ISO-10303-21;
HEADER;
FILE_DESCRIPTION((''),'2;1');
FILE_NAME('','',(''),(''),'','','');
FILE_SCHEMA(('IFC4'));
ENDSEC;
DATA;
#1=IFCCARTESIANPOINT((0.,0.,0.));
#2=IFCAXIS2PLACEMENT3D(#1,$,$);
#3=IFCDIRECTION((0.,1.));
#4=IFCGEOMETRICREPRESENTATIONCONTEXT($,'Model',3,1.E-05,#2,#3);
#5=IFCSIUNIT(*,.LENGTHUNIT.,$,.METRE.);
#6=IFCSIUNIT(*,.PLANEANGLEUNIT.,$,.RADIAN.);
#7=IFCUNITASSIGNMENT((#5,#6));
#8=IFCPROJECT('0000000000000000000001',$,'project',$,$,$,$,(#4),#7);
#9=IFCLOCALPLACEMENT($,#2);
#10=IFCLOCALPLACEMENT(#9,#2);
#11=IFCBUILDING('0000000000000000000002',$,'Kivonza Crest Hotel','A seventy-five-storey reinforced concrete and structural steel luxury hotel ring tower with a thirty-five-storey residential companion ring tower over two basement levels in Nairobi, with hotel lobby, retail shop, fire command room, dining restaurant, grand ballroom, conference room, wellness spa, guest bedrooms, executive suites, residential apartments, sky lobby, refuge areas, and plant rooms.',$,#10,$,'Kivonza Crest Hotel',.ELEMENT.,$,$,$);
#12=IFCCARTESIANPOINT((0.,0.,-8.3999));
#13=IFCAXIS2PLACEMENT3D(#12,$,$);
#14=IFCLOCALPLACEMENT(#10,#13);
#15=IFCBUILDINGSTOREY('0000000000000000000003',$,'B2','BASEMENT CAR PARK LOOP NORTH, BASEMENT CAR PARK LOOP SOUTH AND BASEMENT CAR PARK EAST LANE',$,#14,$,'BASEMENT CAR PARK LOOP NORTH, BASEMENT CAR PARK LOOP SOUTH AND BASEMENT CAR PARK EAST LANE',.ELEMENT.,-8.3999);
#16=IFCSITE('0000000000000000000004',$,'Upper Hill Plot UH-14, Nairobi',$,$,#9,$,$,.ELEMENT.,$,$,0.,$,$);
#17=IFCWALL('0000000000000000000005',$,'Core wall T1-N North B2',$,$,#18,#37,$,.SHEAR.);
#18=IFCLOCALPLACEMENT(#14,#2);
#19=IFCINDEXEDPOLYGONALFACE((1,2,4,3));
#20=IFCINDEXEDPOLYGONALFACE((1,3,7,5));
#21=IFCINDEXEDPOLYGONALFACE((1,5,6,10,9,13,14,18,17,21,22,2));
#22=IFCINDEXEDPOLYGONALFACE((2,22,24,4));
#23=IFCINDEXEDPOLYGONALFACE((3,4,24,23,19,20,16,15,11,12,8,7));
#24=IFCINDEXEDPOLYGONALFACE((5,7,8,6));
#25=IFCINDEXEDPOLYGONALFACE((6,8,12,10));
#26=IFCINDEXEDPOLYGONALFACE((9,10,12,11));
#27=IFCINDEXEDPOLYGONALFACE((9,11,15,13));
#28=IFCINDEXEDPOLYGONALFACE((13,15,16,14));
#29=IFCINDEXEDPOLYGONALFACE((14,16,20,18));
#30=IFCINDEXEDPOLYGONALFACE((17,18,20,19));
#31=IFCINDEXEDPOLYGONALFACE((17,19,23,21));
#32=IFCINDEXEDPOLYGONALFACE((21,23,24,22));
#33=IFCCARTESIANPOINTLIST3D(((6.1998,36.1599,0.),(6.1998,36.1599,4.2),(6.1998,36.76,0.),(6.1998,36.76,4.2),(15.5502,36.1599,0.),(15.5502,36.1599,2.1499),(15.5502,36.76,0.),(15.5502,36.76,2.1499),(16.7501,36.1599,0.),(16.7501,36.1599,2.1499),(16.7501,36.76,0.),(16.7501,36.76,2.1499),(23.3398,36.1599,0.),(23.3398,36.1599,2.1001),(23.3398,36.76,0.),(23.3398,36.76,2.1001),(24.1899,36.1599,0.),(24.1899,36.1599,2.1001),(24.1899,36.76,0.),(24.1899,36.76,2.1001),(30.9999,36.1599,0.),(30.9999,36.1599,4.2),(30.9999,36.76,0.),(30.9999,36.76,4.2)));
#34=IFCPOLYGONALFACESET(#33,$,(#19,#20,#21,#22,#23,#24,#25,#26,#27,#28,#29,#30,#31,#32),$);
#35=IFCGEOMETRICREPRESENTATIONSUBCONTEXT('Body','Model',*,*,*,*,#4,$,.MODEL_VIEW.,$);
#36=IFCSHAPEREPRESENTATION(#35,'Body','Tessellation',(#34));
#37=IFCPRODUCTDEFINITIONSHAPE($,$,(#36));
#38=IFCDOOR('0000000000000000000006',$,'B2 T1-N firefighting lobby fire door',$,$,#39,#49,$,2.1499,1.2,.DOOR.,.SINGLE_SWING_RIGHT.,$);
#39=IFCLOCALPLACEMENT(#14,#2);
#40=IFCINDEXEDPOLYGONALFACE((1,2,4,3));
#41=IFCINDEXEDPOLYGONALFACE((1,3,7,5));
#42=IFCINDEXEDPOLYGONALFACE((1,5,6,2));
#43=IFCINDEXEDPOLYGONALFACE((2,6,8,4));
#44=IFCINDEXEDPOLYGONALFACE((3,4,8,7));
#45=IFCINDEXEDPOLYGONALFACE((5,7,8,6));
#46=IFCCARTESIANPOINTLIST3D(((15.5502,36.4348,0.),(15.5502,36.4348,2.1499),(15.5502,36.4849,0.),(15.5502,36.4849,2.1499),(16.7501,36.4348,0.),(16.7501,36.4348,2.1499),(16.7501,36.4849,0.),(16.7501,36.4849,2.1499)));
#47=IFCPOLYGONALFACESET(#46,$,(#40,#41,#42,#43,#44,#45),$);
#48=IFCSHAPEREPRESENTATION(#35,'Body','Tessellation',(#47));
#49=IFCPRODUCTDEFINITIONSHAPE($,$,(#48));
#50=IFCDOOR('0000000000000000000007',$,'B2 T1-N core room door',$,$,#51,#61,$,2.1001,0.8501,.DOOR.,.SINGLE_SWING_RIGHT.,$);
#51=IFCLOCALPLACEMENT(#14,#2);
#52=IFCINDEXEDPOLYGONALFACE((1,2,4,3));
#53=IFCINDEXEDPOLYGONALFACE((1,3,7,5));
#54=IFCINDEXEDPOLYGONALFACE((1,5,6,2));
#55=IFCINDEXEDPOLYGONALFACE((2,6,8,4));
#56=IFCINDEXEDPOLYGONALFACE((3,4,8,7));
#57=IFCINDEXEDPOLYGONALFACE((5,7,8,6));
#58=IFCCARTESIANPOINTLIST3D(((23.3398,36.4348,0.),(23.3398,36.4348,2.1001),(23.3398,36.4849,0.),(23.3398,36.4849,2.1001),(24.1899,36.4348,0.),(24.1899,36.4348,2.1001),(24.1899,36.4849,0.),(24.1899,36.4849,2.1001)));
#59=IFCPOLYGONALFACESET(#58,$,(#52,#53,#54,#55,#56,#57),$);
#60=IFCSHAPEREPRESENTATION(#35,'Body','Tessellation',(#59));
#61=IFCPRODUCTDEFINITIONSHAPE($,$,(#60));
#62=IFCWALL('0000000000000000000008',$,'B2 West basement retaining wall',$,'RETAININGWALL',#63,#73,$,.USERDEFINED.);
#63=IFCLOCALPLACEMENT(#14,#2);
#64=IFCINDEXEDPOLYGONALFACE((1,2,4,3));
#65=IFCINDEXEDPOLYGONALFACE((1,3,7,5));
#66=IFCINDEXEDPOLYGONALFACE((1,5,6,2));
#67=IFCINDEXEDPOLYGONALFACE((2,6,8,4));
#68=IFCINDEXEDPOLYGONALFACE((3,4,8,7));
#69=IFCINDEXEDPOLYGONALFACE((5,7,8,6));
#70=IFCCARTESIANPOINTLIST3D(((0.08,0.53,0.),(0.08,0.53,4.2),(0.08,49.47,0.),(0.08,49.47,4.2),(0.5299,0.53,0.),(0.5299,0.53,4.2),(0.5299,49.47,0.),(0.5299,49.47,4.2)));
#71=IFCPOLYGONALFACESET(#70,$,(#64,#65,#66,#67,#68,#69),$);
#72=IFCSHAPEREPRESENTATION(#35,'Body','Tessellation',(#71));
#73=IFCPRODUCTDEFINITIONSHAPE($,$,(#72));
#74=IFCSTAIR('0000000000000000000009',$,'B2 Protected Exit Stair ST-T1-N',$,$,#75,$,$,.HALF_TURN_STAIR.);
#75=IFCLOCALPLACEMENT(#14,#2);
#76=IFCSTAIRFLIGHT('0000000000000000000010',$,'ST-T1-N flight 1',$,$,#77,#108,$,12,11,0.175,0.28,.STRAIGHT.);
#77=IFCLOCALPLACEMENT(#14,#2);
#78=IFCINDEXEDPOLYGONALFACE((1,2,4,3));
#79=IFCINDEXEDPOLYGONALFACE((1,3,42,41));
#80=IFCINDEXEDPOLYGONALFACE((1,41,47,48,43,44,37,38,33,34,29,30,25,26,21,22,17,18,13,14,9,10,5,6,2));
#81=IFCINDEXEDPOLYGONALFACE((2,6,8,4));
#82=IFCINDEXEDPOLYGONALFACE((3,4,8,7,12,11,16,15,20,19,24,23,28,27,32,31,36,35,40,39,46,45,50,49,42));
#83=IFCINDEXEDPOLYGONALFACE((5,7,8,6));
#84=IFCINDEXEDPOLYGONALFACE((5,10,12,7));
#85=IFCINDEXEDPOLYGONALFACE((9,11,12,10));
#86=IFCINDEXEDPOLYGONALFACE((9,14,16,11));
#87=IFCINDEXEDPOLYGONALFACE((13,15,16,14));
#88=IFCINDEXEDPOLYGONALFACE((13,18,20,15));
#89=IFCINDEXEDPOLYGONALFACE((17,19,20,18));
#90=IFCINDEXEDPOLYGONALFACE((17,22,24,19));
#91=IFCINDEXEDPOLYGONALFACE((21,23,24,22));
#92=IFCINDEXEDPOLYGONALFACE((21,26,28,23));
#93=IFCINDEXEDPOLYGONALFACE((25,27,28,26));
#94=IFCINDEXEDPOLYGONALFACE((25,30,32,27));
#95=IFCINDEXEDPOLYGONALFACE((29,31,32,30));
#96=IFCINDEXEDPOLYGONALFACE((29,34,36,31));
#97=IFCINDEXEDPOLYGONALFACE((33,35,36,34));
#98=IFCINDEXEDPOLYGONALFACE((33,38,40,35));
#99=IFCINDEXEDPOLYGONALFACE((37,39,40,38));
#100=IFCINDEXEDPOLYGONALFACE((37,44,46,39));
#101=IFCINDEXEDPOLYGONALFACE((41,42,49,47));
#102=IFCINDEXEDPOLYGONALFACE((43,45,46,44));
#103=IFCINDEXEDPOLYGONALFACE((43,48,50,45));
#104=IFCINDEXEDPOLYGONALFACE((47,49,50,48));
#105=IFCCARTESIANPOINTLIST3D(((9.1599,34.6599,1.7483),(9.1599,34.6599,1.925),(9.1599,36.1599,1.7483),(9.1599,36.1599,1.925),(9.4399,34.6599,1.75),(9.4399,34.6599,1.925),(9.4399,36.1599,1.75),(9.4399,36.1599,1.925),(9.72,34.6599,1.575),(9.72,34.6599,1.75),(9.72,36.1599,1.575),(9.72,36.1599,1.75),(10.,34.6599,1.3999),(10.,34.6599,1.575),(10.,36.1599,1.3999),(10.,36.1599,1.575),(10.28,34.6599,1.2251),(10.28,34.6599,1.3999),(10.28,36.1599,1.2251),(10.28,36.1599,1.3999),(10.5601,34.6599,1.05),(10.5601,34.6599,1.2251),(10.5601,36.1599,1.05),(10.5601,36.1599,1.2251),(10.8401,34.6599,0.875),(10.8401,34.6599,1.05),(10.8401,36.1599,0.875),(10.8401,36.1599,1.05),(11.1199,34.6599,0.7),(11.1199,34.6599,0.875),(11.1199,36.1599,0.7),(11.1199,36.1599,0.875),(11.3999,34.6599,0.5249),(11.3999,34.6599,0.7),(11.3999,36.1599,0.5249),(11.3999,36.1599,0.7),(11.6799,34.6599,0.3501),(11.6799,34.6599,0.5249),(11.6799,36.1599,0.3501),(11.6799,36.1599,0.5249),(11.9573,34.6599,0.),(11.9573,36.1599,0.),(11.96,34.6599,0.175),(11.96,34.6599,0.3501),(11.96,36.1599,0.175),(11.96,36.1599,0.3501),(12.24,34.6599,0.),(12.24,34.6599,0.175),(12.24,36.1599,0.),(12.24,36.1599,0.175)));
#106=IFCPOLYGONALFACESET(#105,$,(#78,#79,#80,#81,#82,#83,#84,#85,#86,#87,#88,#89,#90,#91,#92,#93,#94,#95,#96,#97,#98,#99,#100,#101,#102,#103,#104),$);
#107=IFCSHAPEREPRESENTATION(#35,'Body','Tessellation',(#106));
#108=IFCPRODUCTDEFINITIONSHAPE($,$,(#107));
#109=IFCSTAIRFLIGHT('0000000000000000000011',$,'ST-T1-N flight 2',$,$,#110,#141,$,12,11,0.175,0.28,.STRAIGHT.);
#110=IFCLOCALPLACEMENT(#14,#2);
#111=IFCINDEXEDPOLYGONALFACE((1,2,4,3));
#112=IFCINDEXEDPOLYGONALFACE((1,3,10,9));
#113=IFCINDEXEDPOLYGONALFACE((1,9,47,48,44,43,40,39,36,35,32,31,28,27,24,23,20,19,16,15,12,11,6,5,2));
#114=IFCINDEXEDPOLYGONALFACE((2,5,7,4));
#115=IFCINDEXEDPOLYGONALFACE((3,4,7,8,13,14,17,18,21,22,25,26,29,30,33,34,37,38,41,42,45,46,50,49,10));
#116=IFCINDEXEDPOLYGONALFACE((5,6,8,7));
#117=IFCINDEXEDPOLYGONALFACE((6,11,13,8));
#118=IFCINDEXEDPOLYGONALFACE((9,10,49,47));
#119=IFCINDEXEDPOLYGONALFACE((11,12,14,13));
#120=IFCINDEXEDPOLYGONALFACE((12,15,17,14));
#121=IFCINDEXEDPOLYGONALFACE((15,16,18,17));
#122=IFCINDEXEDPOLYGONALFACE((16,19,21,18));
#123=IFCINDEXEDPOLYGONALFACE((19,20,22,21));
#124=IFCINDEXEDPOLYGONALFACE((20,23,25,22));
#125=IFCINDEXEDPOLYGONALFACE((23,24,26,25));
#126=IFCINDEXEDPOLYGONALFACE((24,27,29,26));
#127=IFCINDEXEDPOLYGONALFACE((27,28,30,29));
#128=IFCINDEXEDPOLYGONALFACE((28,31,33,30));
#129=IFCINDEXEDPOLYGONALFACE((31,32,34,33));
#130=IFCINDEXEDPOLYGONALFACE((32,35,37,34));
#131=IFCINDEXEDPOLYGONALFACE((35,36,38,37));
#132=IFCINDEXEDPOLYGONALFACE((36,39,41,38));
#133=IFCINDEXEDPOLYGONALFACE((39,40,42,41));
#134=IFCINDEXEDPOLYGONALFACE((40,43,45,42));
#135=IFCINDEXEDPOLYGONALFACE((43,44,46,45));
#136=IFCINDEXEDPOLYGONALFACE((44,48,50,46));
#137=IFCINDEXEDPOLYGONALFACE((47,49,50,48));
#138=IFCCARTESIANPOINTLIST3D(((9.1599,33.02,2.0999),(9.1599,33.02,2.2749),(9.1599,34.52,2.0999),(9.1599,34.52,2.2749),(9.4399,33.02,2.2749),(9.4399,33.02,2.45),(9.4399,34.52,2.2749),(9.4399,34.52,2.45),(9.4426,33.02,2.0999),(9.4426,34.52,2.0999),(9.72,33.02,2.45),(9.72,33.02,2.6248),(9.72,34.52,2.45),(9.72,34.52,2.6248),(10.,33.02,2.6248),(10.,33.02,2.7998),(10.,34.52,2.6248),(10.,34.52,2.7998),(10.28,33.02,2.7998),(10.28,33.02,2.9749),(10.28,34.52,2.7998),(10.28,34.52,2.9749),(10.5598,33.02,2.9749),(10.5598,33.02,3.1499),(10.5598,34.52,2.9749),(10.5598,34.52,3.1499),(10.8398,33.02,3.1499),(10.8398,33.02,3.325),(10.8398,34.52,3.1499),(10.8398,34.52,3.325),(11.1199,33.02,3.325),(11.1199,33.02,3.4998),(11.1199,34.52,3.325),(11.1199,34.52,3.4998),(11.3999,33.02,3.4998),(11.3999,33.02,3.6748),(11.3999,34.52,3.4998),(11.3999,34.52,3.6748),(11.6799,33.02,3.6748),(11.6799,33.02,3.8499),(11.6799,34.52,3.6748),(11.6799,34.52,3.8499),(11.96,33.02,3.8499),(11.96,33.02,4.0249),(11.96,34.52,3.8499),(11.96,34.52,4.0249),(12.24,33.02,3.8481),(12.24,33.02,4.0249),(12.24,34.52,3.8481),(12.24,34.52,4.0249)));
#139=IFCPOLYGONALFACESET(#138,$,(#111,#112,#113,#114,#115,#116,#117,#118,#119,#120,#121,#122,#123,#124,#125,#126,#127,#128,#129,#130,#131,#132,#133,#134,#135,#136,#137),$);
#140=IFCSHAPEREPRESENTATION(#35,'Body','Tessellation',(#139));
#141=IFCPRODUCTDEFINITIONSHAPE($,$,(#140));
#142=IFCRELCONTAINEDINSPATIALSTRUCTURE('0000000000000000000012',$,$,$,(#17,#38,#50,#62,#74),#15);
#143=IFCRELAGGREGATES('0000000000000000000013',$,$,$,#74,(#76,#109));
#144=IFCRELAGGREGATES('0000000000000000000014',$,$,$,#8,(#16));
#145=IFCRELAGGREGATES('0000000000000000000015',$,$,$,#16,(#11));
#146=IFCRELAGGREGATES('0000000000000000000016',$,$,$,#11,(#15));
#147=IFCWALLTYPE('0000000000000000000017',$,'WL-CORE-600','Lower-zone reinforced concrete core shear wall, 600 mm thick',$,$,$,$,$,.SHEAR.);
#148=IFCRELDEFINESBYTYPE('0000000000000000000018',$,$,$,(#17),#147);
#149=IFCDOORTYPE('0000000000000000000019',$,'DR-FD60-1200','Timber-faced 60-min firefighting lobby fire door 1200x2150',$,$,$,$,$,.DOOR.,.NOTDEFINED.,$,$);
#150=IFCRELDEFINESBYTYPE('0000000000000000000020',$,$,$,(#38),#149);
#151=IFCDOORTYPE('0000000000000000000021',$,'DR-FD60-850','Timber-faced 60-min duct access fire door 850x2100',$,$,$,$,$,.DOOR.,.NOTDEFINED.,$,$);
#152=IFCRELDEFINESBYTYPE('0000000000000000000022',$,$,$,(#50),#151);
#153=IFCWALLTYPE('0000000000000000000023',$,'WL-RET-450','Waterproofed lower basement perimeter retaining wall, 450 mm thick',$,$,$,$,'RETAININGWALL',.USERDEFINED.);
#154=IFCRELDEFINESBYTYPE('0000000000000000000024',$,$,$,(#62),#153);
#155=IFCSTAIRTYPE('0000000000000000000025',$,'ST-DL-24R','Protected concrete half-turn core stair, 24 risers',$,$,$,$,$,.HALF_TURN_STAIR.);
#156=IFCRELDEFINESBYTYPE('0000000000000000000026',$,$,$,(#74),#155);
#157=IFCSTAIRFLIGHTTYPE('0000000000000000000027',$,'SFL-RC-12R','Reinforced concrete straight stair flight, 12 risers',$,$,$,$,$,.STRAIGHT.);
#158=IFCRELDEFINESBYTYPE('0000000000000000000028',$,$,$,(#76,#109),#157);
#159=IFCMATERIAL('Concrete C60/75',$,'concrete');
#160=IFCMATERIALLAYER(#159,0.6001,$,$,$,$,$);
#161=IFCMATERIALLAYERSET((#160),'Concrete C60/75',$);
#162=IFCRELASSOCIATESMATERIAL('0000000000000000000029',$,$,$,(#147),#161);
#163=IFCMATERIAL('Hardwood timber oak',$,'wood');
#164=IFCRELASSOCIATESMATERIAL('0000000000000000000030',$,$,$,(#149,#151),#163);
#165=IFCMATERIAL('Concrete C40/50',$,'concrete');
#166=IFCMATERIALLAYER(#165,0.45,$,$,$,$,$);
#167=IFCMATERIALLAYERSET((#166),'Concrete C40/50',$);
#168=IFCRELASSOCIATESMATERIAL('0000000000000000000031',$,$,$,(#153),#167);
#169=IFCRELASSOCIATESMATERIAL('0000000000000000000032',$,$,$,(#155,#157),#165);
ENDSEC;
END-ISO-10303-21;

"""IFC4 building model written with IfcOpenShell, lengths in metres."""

from ifc_helpers import new_model, si_unit, direction, frame, frame_2d, origin, place, context, subcontext, project, spatial, polyline, rectangle, outline, extrude, material, layer, layer_set, type_object, element, fill, aggregate, save


model = new_model("IFC4")

# Units and contexts
model_context = context("Model", 3, precision=1e-05, world=origin(), true_north=direction((0.0, 1.0)))
body_context = subcontext(model_context, "Body", "Model", "MODEL_VIEW")
ifc_project = project(units=[si_unit("LENGTHUNIT", "METRE"), si_unit("PLANEANGLEUNIT", "RADIAN")], contexts=[model_context])

# Site, building, storey
site_placement = place(None, origin())
site = spatial("IfcSite", under=ifc_project, at=site_placement, Name="Upper Hill Plot UH-14, Nairobi", CompositionType="ELEMENT", RefElevation=0.0)
building_placement = place(site_placement, origin())
building = spatial("IfcBuilding", under=site, at=building_placement, Name="Kivonza Crest Hotel", Description="A seventy-five-storey reinforced concrete and structural steel luxury hotel ring tower with a thirty-five-storey residential companion ring tower over two basement levels in Nairobi, with hotel lobby, retail shop, fire command room, dining restaurant, grand ballroom, conference room, wellness spa, guest bedrooms, executive suites, residential apartments, sky lobby, refuge areas, and plant rooms.", LongName="Kivonza Crest Hotel", CompositionType="ELEMENT")
storey_placement = place(building_placement, frame((0.0, 0.0, -8.3999)))
storey = spatial("IfcBuildingStorey", under=building, at=storey_placement, Name="B2", Description="BASEMENT CAR PARK LOOP NORTH, BASEMENT CAR PARK LOOP SOUTH AND BASEMENT CAR PARK EAST LANE", LongName="BASEMENT CAR PARK LOOP NORTH, BASEMENT CAR PARK LOOP SOUTH AND BASEMENT CAR PARK EAST LANE", CompositionType="ELEMENT", Elevation=-8.3999)

# Shared definitions
ifc_material_1 = material(Name="Concrete C40/50", Category="concrete")

# Shared definitions
ifc_material_2 = material(Name="Concrete C60/75", Category="concrete")

# Wall, openings, doors
ifc_layer_1 = layer(ifc_material_2, 0.6001)
ifc_layer_set_1 = layer_set([ifc_layer_1], Name="Concrete C60/75")
wall_type_1 = type_object("IfcWallType", Name="WL-CORE-600", Description="Lower-zone reinforced concrete core shear wall, 600 mm thick", PredefinedType="SHEAR", material=ifc_layer_set_1)
wall_1_placement = place(storey_placement, frame((6.2, 36.46, 0.0), z_axis=(0.0, 0.0, 1.0), x_axis=(1.0, 0.0, 0.0)))
wall_1 = element("IfcWall", 1, at=wall_1_placement, inside=storey, type_object=wall_type_1, Name="Core wall T1-N North B2", PredefinedType="SHEAR", context=body_context, shape_type="SweptSolid", body=[
    extrude(rectangle(XDim=24.8, YDim=0.6001, at=frame_2d((12.3999, 0.0))), origin(), (0.0, 0.0, 1.0), 4.2),
])
opening_1_placement = place(wall_1_placement, frame((9.3501, 0.0, 0.0)))
opening_1 = element("IfcOpeningElement", 2, at=opening_1_placement, cuts=wall_1, PredefinedType="OPENING", context=body_context, shape_type="SweptSolid", body=[
    extrude(rectangle(XDim=1.2, YDim=2.1499, at=frame_2d((0.6001, 1.075))), frame((0.0, 0.3101, 0.0), z_axis=(0.0, -1.0, 0.0), x_axis=(1.0, 0.0, 0.0)), (0.0, 0.0, 1.0), 0.6201),
])
opening_2_placement = place(wall_1_placement, frame((17.1399, 0.0, 0.0)))
opening_2 = element("IfcOpeningElement", 3, at=opening_2_placement, cuts=wall_1, PredefinedType="OPENING", context=body_context, shape_type="SweptSolid", body=[
    extrude(rectangle(XDim=0.8501, YDim=2.1001, at=frame_2d((0.425, 1.05))), frame((0.0, 0.3101, 0.0), z_axis=(0.0, -1.0, 0.0), x_axis=(1.0, 0.0, 0.0)), (0.0, 0.0, 1.0), 0.6201),
])
ifc_material_3 = material(Name="Hardwood timber oak", Category="wood")
door_type_1 = type_object("IfcDoorType", Name="DR-FD60-1200", Description="Timber-faced 60-min firefighting lobby fire door 1200x2150", OperationType="NOTDEFINED", PredefinedType="DOOR", material=ifc_material_3)
door_1_placement = place(opening_1_placement, origin())
door_1 = element("IfcDoor", 4, at=door_1_placement, inside=storey, type_object=door_type_1, Name="B2 T1-N firefighting lobby fire door", OperationType="SINGLE_SWING_RIGHT", OverallHeight=2.1499, OverallWidth=1.2, PredefinedType="DOOR", context=body_context, shape_type="SweptSolid", body=[
    extrude(rectangle(XDim=1.2, YDim=2.1499, at=frame_2d((0.6001, 1.075))), frame((0.0, 0.0249, 0.0), z_axis=(0.0, -1.0, 0.0), x_axis=(1.0, 0.0, 0.0)), (0.0, 0.0, 1.0), 0.05),
])
fill(opening_1, door_1)
door_type_2 = type_object("IfcDoorType", Name="DR-FD60-850", Description="Timber-faced 60-min duct access fire door 850x2100", OperationType="NOTDEFINED", PredefinedType="DOOR", material=ifc_material_3)
door_2_placement = place(opening_2_placement, origin())
door_2 = element("IfcDoor", 5, at=door_2_placement, inside=storey, type_object=door_type_2, Name="B2 T1-N core room door", OperationType="SINGLE_SWING_RIGHT", OverallHeight=2.1001, OverallWidth=0.8501, PredefinedType="DOOR", context=body_context, shape_type="SweptSolid", body=[
    extrude(rectangle(XDim=0.8501, YDim=2.1001, at=frame_2d((0.425, 1.05))), frame((0.0, 0.0249, 0.0), z_axis=(0.0, -1.0, 0.0), x_axis=(1.0, 0.0, 0.0)), (0.0, 0.0, 1.0), 0.05),
])
fill(opening_2, door_2)

# Wall
ifc_layer_2 = layer(ifc_material_1, 0.45)
ifc_layer_set_2 = layer_set([ifc_layer_2], Name="Concrete C40/50")
wall_type_2 = type_object("IfcWallType", Name="WL-RET-450", Description="Waterproofed lower basement perimeter retaining wall, 450 mm thick", ElementType="RETAININGWALL", PredefinedType="USERDEFINED", material=ifc_layer_set_2)
wall_2_placement = place(storey_placement, frame((0.3049, 49.47, 0.0), z_axis=(0.0, 0.0, 1.0), x_axis=(0.0, -1.0, 0.0)))
element("IfcWall", 6, at=wall_2_placement, inside=storey, type_object=wall_type_2, Name="B2 West basement retaining wall", ObjectType="RETAININGWALL", PredefinedType="USERDEFINED", context=body_context, shape_type="SweptSolid", body=[
    extrude(rectangle(XDim=48.9399, YDim=0.45, at=frame_2d((24.47, 0.0))), origin(), (0.0, 0.0, 1.0), 4.2),
])

# Stair, stair flights
stair_type = type_object("IfcStairType", Name="ST-DL-24R", Description="Protected concrete half-turn core stair, 24 risers", PredefinedType="HALF_TURN_STAIR", material=ifc_material_1)
stair_placement = place(storey_placement, origin())
stair = element("IfcStair", 7, at=stair_placement, inside=storey, type_object=stair_type, Name="B2 Protected Exit Stair ST-T1-N", PredefinedType="HALF_TURN_STAIR")
stair_flight_type = type_object("IfcStairFlightType", Name="SFL-RC-12R", Description="Reinforced concrete straight stair flight, 12 risers", PredefinedType="STRAIGHT", material=ifc_material_1)
stair_flight_1_placement = place(storey_placement, frame((12.24, 35.4099, 0.0), z_axis=(0.0, 0.0, 1.0), x_axis=(-1.0, 0.0, 0.0)))
stair_flight_1 = element("IfcStairFlight", 8, at=stair_flight_1_placement, type_object=stair_flight_type, Name="ST-T1-N flight 1", NumberOfRisers=12, NumberOfTreads=11, PredefinedType="STRAIGHT", RiserHeight=0.175, TreadLength=0.28, context=body_context, shape_type="SweptSolid", body=[
    extrude(outline(polyline([(0.0, 0.0), (0.0, 0.175), (0.28, 0.175), (0.28, 0.3501), (0.5601, 0.3501), (0.5601, 0.5249), (0.8401, 0.5249), (0.8401, 0.7), (1.1201, 0.7), (1.1201, 0.875), (1.3999, 0.875), (1.3999, 1.05), (1.6799, 1.05), (1.6799, 1.2251), (1.96, 1.2251), (1.96, 1.3999), (2.24, 1.3999), (2.24, 1.575), (2.52, 1.575), (2.52, 1.75), (2.8, 1.75), (2.8, 1.925), (3.0801, 1.925), (3.0801, 2.1001), (3.0801, 1.7483), (0.2827, 0.0), (0.0, 0.0)])), frame((0.0, 0.75, 0.0), z_axis=(0.0, -1.0, 0.0), x_axis=(1.0, 0.0, 0.0)), (0.0, 0.0, 1.0), 1.5),
])
stair_flight_2_placement = place(storey_placement, frame((9.1599, 33.77, 2.0999), z_axis=(0.0, 0.0, 1.0), x_axis=(1.0, 0.0, 0.0)))
stair_flight_2 = element("IfcStairFlight", 9, at=stair_flight_2_placement, type_object=stair_flight_type, Name="ST-T1-N flight 2", NumberOfRisers=12, NumberOfTreads=11, PredefinedType="STRAIGHT", RiserHeight=0.175, TreadLength=0.28, context=body_context, shape_type="SweptSolid", body=[
    extrude(outline(polyline([(0.0, 0.0), (0.0, 0.175), (0.28, 0.175), (0.28, 0.3501), (0.5601, 0.3501), (0.5601, 0.5249), (0.8401, 0.5249), (0.8401, 0.7), (1.1201, 0.7), (1.1201, 0.875), (1.3999, 0.875), (1.3999, 1.05), (1.6799, 1.05), (1.6799, 1.2251), (1.96, 1.2251), (1.96, 1.3999), (2.24, 1.3999), (2.24, 1.575), (2.52, 1.575), (2.52, 1.75), (2.8, 1.75), (2.8, 1.925), (3.0801, 1.925), (3.0801, 2.1001), (3.0801, 1.7483), (0.2827, 0.0), (0.0, 0.0)])), frame((0.0, 0.75, 0.0), z_axis=(0.0, -1.0, 0.0), x_axis=(1.0, 0.0, 0.0)), (0.0, 0.0, 1.0), 1.5),
])
aggregate(stair, [stair_flight_1, stair_flight_2])

save(model, "model.ifc")
